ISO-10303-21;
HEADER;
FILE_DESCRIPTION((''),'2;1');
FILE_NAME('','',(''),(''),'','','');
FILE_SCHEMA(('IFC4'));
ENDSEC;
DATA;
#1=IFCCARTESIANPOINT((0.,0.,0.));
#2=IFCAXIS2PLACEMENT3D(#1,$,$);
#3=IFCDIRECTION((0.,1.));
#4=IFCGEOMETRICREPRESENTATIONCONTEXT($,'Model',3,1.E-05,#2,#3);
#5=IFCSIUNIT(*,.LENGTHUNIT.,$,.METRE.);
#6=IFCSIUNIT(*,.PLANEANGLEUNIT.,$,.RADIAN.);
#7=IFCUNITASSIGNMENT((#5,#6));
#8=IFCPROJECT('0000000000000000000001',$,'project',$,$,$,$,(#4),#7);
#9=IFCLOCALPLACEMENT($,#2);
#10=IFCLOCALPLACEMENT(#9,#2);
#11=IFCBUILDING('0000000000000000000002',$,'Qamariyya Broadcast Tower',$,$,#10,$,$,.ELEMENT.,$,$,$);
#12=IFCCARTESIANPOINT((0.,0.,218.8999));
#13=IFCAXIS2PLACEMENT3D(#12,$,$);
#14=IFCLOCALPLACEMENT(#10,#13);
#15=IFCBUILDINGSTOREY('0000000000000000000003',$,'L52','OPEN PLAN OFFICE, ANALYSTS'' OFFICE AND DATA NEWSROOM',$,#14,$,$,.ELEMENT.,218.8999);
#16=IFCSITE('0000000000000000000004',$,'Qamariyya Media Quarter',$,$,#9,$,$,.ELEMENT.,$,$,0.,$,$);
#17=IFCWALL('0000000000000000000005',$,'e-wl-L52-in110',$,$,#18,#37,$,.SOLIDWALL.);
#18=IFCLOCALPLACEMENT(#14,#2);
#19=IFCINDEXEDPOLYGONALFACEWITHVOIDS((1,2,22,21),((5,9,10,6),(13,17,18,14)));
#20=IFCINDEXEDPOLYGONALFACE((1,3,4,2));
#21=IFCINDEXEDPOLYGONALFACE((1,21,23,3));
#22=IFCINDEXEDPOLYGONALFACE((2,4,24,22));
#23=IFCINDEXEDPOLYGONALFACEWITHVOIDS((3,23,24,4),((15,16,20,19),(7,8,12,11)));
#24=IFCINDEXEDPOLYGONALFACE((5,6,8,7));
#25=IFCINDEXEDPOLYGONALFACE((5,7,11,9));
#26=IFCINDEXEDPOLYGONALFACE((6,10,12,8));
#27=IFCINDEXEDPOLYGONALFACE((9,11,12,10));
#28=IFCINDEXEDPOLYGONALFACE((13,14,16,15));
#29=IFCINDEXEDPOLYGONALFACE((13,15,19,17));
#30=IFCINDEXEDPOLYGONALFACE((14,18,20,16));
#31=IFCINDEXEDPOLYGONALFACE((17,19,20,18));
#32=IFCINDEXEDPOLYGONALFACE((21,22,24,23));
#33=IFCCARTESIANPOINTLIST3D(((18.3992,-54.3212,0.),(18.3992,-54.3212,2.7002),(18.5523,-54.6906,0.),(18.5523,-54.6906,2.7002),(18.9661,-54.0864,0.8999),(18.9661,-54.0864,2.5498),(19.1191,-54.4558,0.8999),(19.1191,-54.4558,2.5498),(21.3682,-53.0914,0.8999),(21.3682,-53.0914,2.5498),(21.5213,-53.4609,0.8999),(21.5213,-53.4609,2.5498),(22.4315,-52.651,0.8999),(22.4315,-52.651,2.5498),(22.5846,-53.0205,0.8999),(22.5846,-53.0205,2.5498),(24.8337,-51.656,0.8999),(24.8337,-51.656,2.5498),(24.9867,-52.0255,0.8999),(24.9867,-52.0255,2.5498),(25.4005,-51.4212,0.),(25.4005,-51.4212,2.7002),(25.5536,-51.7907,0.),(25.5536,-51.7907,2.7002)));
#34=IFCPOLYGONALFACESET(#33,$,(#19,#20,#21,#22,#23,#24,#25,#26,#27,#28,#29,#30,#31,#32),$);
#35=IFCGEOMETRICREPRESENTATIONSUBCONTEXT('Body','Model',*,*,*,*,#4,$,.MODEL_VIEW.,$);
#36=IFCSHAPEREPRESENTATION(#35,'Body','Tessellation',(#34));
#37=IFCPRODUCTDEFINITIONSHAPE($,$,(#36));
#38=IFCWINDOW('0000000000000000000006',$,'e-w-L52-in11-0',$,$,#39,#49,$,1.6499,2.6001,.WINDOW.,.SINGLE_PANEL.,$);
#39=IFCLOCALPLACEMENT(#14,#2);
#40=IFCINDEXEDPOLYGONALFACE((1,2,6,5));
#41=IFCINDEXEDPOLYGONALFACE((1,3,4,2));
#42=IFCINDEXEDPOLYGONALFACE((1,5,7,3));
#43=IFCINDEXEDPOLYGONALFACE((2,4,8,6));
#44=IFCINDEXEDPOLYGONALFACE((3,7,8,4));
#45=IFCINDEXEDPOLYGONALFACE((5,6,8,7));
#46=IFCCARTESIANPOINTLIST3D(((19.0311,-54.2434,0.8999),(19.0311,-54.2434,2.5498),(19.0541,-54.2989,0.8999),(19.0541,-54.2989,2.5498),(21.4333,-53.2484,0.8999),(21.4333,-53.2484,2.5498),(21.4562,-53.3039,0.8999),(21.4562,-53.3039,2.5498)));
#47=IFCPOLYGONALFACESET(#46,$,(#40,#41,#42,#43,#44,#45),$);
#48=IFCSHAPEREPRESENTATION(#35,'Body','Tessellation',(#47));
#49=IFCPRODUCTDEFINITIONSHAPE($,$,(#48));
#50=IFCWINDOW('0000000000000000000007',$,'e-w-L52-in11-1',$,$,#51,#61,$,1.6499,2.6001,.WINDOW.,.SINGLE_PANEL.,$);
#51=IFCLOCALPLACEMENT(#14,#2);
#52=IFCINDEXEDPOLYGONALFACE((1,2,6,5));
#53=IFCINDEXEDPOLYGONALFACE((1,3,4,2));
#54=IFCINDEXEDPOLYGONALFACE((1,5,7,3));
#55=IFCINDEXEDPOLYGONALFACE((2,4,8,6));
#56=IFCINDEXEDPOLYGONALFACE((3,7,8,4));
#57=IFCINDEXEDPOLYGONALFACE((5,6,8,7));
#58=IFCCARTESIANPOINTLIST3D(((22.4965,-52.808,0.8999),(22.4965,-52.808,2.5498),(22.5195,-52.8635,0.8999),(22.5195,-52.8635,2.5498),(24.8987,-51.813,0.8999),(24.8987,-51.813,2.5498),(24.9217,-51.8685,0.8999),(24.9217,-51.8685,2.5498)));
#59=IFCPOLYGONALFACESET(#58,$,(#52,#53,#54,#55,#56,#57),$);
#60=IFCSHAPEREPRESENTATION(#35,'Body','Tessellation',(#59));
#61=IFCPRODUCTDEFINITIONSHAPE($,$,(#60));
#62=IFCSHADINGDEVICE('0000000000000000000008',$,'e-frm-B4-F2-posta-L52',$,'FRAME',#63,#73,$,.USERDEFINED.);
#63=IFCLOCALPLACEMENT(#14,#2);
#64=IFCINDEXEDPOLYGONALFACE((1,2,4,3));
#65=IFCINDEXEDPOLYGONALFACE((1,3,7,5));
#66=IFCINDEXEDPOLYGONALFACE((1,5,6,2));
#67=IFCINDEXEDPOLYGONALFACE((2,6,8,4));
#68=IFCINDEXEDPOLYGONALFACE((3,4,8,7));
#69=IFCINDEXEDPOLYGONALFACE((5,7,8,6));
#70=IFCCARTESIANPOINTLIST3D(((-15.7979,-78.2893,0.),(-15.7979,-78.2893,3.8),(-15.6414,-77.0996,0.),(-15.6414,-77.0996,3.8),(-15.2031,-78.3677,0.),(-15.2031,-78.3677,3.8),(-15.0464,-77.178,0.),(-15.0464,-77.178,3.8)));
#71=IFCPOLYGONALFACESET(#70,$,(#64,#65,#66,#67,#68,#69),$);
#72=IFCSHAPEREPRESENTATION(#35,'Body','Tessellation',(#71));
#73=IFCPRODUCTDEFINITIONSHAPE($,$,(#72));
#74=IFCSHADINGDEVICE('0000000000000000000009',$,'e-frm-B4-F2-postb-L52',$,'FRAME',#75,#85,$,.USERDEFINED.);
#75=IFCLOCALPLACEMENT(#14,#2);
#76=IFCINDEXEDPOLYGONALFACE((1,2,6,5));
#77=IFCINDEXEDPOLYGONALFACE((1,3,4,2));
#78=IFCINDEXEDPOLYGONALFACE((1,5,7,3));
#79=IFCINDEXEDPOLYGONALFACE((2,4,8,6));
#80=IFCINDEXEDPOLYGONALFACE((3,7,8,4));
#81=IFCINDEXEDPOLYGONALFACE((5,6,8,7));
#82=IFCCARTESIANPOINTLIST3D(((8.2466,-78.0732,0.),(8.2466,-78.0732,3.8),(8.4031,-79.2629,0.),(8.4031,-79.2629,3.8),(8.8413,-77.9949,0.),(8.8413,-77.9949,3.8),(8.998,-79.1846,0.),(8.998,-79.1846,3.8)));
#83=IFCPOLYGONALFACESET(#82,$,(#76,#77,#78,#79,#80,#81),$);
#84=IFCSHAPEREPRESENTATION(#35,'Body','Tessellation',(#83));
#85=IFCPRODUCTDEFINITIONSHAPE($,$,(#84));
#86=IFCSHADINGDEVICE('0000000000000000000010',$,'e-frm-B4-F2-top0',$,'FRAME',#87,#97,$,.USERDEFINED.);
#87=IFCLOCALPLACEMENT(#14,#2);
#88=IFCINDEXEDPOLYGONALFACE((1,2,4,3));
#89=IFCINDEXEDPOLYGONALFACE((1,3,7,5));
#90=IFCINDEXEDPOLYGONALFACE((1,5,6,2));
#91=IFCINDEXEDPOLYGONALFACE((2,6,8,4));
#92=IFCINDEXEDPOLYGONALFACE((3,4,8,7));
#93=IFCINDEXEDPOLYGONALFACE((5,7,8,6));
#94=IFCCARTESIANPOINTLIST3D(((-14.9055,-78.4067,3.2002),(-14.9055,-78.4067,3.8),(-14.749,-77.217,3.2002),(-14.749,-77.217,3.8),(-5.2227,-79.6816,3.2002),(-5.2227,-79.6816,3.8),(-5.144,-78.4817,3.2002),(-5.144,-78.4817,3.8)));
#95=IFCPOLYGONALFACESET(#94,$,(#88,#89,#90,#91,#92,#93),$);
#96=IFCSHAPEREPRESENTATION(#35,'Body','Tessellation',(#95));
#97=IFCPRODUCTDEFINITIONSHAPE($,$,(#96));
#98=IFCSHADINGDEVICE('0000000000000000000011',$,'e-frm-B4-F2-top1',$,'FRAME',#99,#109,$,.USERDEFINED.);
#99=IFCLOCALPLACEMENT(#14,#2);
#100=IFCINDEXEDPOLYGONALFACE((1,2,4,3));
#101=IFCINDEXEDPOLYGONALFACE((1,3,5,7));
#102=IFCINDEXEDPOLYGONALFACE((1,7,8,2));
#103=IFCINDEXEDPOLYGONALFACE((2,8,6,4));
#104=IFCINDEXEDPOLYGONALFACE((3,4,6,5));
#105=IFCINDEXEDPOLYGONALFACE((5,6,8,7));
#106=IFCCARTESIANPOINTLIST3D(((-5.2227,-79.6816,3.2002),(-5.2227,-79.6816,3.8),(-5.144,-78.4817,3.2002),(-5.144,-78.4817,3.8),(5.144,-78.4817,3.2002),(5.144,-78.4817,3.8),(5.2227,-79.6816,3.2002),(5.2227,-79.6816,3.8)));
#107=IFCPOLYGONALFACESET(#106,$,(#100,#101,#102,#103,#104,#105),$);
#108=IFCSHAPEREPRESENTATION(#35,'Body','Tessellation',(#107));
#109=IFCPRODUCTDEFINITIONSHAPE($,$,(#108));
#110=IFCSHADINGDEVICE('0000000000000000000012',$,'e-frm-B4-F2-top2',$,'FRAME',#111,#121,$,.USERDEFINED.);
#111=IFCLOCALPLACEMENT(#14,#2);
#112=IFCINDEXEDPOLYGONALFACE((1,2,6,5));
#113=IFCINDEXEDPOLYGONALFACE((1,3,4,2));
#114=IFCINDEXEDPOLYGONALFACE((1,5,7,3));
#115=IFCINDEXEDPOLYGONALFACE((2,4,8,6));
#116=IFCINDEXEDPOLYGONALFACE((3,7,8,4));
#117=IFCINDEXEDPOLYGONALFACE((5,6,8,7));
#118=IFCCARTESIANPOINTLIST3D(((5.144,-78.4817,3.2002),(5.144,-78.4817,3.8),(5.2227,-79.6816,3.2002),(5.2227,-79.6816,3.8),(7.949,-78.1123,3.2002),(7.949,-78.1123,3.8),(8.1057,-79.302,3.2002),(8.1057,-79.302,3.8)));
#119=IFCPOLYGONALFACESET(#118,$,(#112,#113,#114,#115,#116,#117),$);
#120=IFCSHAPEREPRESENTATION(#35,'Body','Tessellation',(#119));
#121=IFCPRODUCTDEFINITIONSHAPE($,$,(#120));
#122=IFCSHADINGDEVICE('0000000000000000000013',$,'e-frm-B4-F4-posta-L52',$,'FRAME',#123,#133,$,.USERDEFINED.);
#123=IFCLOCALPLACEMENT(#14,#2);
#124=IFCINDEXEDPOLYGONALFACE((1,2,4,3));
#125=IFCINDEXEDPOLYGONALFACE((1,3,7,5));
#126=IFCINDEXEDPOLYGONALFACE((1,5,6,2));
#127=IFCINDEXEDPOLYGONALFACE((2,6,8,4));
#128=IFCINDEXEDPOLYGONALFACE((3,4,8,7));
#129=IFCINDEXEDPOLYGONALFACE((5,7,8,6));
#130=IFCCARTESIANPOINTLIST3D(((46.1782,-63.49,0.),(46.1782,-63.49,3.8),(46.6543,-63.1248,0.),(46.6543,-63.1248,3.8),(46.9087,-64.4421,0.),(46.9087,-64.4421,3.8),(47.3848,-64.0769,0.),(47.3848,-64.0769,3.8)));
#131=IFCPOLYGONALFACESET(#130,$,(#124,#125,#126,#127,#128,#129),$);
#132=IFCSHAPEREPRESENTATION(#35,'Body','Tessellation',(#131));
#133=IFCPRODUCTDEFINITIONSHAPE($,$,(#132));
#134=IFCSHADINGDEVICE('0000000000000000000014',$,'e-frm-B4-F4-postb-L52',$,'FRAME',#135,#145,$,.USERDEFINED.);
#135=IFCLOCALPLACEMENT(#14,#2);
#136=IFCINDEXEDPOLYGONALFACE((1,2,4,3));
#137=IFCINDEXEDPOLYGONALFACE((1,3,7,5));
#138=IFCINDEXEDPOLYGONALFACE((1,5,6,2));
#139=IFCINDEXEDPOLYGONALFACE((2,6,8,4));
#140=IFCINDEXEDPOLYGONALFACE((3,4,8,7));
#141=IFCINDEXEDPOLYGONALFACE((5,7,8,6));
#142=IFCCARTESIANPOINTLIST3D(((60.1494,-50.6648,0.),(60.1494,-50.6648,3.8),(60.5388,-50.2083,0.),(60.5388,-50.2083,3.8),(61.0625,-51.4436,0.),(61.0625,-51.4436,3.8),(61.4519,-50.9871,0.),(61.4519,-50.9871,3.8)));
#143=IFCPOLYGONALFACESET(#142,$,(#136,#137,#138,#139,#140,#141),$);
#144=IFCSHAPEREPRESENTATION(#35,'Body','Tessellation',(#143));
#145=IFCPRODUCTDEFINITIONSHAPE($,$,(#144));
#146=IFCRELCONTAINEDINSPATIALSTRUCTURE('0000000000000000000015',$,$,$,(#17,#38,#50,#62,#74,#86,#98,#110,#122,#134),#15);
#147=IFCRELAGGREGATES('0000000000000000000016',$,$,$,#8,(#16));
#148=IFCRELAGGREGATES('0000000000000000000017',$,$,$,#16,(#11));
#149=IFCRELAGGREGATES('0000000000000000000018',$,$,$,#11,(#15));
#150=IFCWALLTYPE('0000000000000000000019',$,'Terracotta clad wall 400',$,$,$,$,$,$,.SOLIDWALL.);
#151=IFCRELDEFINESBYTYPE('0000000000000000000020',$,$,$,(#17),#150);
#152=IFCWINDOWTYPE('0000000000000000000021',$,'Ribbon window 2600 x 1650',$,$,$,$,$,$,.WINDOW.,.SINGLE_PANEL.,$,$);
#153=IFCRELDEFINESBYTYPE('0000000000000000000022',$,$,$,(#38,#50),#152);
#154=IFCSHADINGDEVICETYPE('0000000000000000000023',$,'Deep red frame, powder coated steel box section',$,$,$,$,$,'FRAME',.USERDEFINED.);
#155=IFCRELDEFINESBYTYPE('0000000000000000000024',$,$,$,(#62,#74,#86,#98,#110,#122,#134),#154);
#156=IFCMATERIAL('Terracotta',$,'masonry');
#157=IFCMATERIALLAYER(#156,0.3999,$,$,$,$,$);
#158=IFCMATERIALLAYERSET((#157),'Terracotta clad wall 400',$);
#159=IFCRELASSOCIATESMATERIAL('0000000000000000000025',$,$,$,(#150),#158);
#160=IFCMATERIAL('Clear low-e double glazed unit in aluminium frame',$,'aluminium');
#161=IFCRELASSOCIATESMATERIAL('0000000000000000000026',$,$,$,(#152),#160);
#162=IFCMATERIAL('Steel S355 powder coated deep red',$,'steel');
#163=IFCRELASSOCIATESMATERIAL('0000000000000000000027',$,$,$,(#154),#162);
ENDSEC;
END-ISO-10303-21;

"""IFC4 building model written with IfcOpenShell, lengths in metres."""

from ifc_helpers import new_model, si_unit, direction, frame, frame_2d, origin, place, context, subcontext, project, spatial, polyline, rectangle, outline, extrude, material, layer, layer_set, type_object, element, fill, save


model = new_model("IFC4")

# Units and contexts
model_context = context("Model", 3, precision=1e-05, world=origin(), true_north=direction((0.0, 1.0)))
body_context = subcontext(model_context, "Body", "Model", "MODEL_VIEW")
ifc_project = project(units=[si_unit("LENGTHUNIT", "METRE"), si_unit("PLANEANGLEUNIT", "RADIAN")], contexts=[model_context])

# Site, building, storey
site_placement = place(None, origin())
site = spatial("IfcSite", under=ifc_project, at=site_placement, Name="Qamariyya Media Quarter", CompositionType="ELEMENT", RefElevation=0.0)
building_placement = place(site_placement, origin())
building = spatial("IfcBuilding", under=site, at=building_placement, Name="Qamariyya Broadcast Tower", CompositionType="ELEMENT")
storey_placement = place(building_placement, frame((0.0, 0.0, 218.8999)))
storey = spatial("IfcBuildingStorey", under=building, at=storey_placement, Name="L52", Description="OPEN PLAN OFFICE, ANALYSTS' OFFICE AND DATA NEWSROOM", CompositionType="ELEMENT", Elevation=218.8999)

# Wall, openings, windows
ifc_material_1 = material(Name="Terracotta", Category="masonry")
ifc_layer_1 = layer(ifc_material_1, 0.3999)
ifc_layer_set_1 = layer_set([ifc_layer_1], Name="Terracotta clad wall 400")
wall_type_1 = type_object("IfcWallType", Name="Terracotta clad wall 400", PredefinedType="SOLIDWALL", material=ifc_layer_set_1)
ifc_material_2 = material(Name="Clear low-e double glazed unit in aluminium frame", Category="aluminium")
window_type = type_object("IfcWindowType", Name="Ribbon window 2600 x 1650", PartitioningType="SINGLE_PANEL", PredefinedType="WINDOW", material=ifc_material_2)
wall_1_placement = place(storey_placement, frame((25.4771, -51.606, 0.0), z_axis=(0.0, 0.0, 1.0), x_axis=(-0.923884, -0.382672, 0.0)))
wall_1 = element("IfcWall", 1, at=wall_1_placement, inside=storey, type_object=wall_type_1, Name="e-wl-L52-in110", PredefinedType="SOLIDWALL", context=body_context, shape_type="SweptSolid", body=[
    extrude(rectangle(XDim=7.5781, YDim=0.3999, at=frame_2d((3.7891, 0.0))), origin(), (0.0, 0.0, 1.0), 2.7002),
])
opening_1_placement = place(wall_1_placement, frame((4.3645, 0.0, 0.8999)))
opening_1 = element("IfcOpeningElement", 2, at=opening_1_placement, cuts=wall_1, PredefinedType="OPENING", context=body_context, shape_type="SweptSolid", body=[
    extrude(rectangle(XDim=2.6001, YDim=1.6499, at=frame_2d((1.3, 0.825))), frame((0.0, 0.21, 0.0), z_axis=(0.0, -1.0, 0.0), x_axis=(1.0, 0.0, 0.0)), (0.0, 0.0, 1.0), 0.4199),
])
opening_2_placement = place(wall_1_placement, frame((0.6135, 0.0, 0.8999)))
opening_2 = element("IfcOpeningElement", 3, at=opening_2_placement, cuts=wall_1, PredefinedType="OPENING", context=body_context, shape_type="SweptSolid", body=[
    extrude(rectangle(XDim=2.6001, YDim=1.6499, at=frame_2d((1.3, 0.825))), frame((0.0, 0.21, 0.0), z_axis=(0.0, -1.0, 0.0), x_axis=(1.0, 0.0, 0.0)), (0.0, 0.0, 1.0), 0.4199),
])
window_1_placement = place(opening_1_placement, origin())
window_1 = element("IfcWindow", 4, at=window_1_placement, inside=storey, type_object=window_type, Name="e-w-L52-in11-0", OverallHeight=1.6499, OverallWidth=2.6001, PartitioningType="SINGLE_PANEL", PredefinedType="WINDOW", context=body_context, shape_type="SweptSolid", body=[
    extrude(rectangle(XDim=2.6001, YDim=1.6499, at=frame_2d((1.3, 0.825))), frame((0.0, 0.03, 0.0), z_axis=(0.0, -1.0, 0.0), x_axis=(1.0, 0.0, 0.0)), (0.0, 0.0, 1.0), 0.0601),
])
fill(opening_1, window_1)
window_2_placement = place(opening_2_placement, origin())
window_2 = element("IfcWindow", 5, at=window_2_placement, inside=storey, type_object=window_type, Name="e-w-L52-in11-1", OverallHeight=1.6499, OverallWidth=2.6001, PartitioningType="SINGLE_PANEL", PredefinedType="WINDOW", context=body_context, shape_type="SweptSolid", body=[
    extrude(rectangle(XDim=2.6001, YDim=1.6499, at=frame_2d((1.3, 0.825))), frame((0.0, 0.03, 0.0), z_axis=(0.0, -1.0, 0.0), x_axis=(1.0, 0.0, 0.0)), (0.0, 0.0, 1.0), 0.0601),
])
fill(opening_2, window_2)

# Shading devices
ifc_material_3 = material(Name="Steel S355 powder coated deep red", Category="steel")
shading_device_type = type_object("IfcShadingDeviceType", Name="Deep red frame, powder coated steel box section", ElementType="FRAME", PredefinedType="USERDEFINED", material=ifc_material_3)
shading_device_1_placement = place(storey_placement, origin())
element("IfcShadingDevice", 6, at=shading_device_1_placement, inside=storey, type_object=shading_device_type, Name="e-frm-B4-F2-posta-L52", ObjectType="FRAME", PredefinedType="USERDEFINED", context=body_context, shape_type="SweptSolid", body=[
    extrude(outline(polyline([(-15.6414, -77.0996), (-15.7979, -78.2893), (-15.2031, -78.3677), (-15.0464, -77.178), (-15.6414, -77.0996)])), origin(), (0.0, 0.0, 1.0), 3.8),
])
shading_device_2_placement = place(storey_placement, origin())
element("IfcShadingDevice", 7, at=shading_device_2_placement, inside=storey, type_object=shading_device_type, Name="e-frm-B4-F2-postb-L52", ObjectType="FRAME", PredefinedType="USERDEFINED", context=body_context, shape_type="SweptSolid", body=[
    extrude(outline(polyline([(8.2466, -78.0732), (8.4031, -79.2629), (8.998, -79.1846), (8.8413, -77.9949), (8.2466, -78.0732)])), origin(), (0.0, 0.0, 1.0), 3.8),
])
shading_device_3_placement = place(storey_placement, frame((0.0, 0.0, 3.2002)))
element("IfcShadingDevice", 8, at=shading_device_3_placement, inside=storey, type_object=shading_device_type, Name="e-frm-B4-F2-top0", ObjectType="FRAME", PredefinedType="USERDEFINED", context=body_context, shape_type="SweptSolid", body=[
    extrude(outline(polyline([(-14.749, -77.217), (-14.9055, -78.4067), (-5.2227, -79.6816), (-5.144, -78.4817), (-14.749, -77.217)])), origin(), (0.0, 0.0, 1.0), 0.5999),
])
shading_device_4_placement = place(storey_placement, frame((0.0, 0.0, 3.2002)))
element("IfcShadingDevice", 9, at=shading_device_4_placement, inside=storey, type_object=shading_device_type, Name="e-frm-B4-F2-top1", ObjectType="FRAME", PredefinedType="USERDEFINED", context=body_context, shape_type="SweptSolid", body=[
    extrude(outline(polyline([(-5.144, -78.4817), (-5.2227, -79.6816), (5.2227, -79.6816), (5.144, -78.4817), (-5.144, -78.4817)])), origin(), (0.0, 0.0, 1.0), 0.5999),
])
shading_device_5_placement = place(storey_placement, frame((0.0, 0.0, 3.2002)))
element("IfcShadingDevice", 10, at=shading_device_5_placement, inside=storey, type_object=shading_device_type, Name="e-frm-B4-F2-top2", ObjectType="FRAME", PredefinedType="USERDEFINED", context=body_context, shape_type="SweptSolid", body=[
    extrude(outline(polyline([(5.144, -78.4817), (5.2227, -79.6816), (8.1057, -79.302), (7.949, -78.1123), (5.144, -78.4817)])), origin(), (0.0, 0.0, 1.0), 0.5999),
])
shading_device_6_placement = place(storey_placement, origin())
element("IfcShadingDevice", 11, at=shading_device_6_placement, inside=storey, type_object=shading_device_type, Name="e-frm-B4-F4-posta-L52", ObjectType="FRAME", PredefinedType="USERDEFINED", context=body_context, shape_type="SweptSolid", body=[
    extrude(outline(polyline([(46.1782, -63.49), (46.9087, -64.4421), (47.3848, -64.0769), (46.6543, -63.1248), (46.1782, -63.49)])), origin(), (0.0, 0.0, 1.0), 3.8),
])
shading_device_7_placement = place(storey_placement, origin())
element("IfcShadingDevice", 12, at=shading_device_7_placement, inside=storey, type_object=shading_device_type, Name="e-frm-B4-F4-postb-L52", ObjectType="FRAME", PredefinedType="USERDEFINED", context=body_context, shape_type="SweptSolid", body=[
    extrude(outline(polyline([(60.1494, -50.6648), (61.0625, -51.4436), (61.4519, -50.9871), (60.5388, -50.2083), (60.1494, -50.6648)])), origin(), (0.0, 0.0, 1.0), 3.8),
])

save(model, "model.ifc")
